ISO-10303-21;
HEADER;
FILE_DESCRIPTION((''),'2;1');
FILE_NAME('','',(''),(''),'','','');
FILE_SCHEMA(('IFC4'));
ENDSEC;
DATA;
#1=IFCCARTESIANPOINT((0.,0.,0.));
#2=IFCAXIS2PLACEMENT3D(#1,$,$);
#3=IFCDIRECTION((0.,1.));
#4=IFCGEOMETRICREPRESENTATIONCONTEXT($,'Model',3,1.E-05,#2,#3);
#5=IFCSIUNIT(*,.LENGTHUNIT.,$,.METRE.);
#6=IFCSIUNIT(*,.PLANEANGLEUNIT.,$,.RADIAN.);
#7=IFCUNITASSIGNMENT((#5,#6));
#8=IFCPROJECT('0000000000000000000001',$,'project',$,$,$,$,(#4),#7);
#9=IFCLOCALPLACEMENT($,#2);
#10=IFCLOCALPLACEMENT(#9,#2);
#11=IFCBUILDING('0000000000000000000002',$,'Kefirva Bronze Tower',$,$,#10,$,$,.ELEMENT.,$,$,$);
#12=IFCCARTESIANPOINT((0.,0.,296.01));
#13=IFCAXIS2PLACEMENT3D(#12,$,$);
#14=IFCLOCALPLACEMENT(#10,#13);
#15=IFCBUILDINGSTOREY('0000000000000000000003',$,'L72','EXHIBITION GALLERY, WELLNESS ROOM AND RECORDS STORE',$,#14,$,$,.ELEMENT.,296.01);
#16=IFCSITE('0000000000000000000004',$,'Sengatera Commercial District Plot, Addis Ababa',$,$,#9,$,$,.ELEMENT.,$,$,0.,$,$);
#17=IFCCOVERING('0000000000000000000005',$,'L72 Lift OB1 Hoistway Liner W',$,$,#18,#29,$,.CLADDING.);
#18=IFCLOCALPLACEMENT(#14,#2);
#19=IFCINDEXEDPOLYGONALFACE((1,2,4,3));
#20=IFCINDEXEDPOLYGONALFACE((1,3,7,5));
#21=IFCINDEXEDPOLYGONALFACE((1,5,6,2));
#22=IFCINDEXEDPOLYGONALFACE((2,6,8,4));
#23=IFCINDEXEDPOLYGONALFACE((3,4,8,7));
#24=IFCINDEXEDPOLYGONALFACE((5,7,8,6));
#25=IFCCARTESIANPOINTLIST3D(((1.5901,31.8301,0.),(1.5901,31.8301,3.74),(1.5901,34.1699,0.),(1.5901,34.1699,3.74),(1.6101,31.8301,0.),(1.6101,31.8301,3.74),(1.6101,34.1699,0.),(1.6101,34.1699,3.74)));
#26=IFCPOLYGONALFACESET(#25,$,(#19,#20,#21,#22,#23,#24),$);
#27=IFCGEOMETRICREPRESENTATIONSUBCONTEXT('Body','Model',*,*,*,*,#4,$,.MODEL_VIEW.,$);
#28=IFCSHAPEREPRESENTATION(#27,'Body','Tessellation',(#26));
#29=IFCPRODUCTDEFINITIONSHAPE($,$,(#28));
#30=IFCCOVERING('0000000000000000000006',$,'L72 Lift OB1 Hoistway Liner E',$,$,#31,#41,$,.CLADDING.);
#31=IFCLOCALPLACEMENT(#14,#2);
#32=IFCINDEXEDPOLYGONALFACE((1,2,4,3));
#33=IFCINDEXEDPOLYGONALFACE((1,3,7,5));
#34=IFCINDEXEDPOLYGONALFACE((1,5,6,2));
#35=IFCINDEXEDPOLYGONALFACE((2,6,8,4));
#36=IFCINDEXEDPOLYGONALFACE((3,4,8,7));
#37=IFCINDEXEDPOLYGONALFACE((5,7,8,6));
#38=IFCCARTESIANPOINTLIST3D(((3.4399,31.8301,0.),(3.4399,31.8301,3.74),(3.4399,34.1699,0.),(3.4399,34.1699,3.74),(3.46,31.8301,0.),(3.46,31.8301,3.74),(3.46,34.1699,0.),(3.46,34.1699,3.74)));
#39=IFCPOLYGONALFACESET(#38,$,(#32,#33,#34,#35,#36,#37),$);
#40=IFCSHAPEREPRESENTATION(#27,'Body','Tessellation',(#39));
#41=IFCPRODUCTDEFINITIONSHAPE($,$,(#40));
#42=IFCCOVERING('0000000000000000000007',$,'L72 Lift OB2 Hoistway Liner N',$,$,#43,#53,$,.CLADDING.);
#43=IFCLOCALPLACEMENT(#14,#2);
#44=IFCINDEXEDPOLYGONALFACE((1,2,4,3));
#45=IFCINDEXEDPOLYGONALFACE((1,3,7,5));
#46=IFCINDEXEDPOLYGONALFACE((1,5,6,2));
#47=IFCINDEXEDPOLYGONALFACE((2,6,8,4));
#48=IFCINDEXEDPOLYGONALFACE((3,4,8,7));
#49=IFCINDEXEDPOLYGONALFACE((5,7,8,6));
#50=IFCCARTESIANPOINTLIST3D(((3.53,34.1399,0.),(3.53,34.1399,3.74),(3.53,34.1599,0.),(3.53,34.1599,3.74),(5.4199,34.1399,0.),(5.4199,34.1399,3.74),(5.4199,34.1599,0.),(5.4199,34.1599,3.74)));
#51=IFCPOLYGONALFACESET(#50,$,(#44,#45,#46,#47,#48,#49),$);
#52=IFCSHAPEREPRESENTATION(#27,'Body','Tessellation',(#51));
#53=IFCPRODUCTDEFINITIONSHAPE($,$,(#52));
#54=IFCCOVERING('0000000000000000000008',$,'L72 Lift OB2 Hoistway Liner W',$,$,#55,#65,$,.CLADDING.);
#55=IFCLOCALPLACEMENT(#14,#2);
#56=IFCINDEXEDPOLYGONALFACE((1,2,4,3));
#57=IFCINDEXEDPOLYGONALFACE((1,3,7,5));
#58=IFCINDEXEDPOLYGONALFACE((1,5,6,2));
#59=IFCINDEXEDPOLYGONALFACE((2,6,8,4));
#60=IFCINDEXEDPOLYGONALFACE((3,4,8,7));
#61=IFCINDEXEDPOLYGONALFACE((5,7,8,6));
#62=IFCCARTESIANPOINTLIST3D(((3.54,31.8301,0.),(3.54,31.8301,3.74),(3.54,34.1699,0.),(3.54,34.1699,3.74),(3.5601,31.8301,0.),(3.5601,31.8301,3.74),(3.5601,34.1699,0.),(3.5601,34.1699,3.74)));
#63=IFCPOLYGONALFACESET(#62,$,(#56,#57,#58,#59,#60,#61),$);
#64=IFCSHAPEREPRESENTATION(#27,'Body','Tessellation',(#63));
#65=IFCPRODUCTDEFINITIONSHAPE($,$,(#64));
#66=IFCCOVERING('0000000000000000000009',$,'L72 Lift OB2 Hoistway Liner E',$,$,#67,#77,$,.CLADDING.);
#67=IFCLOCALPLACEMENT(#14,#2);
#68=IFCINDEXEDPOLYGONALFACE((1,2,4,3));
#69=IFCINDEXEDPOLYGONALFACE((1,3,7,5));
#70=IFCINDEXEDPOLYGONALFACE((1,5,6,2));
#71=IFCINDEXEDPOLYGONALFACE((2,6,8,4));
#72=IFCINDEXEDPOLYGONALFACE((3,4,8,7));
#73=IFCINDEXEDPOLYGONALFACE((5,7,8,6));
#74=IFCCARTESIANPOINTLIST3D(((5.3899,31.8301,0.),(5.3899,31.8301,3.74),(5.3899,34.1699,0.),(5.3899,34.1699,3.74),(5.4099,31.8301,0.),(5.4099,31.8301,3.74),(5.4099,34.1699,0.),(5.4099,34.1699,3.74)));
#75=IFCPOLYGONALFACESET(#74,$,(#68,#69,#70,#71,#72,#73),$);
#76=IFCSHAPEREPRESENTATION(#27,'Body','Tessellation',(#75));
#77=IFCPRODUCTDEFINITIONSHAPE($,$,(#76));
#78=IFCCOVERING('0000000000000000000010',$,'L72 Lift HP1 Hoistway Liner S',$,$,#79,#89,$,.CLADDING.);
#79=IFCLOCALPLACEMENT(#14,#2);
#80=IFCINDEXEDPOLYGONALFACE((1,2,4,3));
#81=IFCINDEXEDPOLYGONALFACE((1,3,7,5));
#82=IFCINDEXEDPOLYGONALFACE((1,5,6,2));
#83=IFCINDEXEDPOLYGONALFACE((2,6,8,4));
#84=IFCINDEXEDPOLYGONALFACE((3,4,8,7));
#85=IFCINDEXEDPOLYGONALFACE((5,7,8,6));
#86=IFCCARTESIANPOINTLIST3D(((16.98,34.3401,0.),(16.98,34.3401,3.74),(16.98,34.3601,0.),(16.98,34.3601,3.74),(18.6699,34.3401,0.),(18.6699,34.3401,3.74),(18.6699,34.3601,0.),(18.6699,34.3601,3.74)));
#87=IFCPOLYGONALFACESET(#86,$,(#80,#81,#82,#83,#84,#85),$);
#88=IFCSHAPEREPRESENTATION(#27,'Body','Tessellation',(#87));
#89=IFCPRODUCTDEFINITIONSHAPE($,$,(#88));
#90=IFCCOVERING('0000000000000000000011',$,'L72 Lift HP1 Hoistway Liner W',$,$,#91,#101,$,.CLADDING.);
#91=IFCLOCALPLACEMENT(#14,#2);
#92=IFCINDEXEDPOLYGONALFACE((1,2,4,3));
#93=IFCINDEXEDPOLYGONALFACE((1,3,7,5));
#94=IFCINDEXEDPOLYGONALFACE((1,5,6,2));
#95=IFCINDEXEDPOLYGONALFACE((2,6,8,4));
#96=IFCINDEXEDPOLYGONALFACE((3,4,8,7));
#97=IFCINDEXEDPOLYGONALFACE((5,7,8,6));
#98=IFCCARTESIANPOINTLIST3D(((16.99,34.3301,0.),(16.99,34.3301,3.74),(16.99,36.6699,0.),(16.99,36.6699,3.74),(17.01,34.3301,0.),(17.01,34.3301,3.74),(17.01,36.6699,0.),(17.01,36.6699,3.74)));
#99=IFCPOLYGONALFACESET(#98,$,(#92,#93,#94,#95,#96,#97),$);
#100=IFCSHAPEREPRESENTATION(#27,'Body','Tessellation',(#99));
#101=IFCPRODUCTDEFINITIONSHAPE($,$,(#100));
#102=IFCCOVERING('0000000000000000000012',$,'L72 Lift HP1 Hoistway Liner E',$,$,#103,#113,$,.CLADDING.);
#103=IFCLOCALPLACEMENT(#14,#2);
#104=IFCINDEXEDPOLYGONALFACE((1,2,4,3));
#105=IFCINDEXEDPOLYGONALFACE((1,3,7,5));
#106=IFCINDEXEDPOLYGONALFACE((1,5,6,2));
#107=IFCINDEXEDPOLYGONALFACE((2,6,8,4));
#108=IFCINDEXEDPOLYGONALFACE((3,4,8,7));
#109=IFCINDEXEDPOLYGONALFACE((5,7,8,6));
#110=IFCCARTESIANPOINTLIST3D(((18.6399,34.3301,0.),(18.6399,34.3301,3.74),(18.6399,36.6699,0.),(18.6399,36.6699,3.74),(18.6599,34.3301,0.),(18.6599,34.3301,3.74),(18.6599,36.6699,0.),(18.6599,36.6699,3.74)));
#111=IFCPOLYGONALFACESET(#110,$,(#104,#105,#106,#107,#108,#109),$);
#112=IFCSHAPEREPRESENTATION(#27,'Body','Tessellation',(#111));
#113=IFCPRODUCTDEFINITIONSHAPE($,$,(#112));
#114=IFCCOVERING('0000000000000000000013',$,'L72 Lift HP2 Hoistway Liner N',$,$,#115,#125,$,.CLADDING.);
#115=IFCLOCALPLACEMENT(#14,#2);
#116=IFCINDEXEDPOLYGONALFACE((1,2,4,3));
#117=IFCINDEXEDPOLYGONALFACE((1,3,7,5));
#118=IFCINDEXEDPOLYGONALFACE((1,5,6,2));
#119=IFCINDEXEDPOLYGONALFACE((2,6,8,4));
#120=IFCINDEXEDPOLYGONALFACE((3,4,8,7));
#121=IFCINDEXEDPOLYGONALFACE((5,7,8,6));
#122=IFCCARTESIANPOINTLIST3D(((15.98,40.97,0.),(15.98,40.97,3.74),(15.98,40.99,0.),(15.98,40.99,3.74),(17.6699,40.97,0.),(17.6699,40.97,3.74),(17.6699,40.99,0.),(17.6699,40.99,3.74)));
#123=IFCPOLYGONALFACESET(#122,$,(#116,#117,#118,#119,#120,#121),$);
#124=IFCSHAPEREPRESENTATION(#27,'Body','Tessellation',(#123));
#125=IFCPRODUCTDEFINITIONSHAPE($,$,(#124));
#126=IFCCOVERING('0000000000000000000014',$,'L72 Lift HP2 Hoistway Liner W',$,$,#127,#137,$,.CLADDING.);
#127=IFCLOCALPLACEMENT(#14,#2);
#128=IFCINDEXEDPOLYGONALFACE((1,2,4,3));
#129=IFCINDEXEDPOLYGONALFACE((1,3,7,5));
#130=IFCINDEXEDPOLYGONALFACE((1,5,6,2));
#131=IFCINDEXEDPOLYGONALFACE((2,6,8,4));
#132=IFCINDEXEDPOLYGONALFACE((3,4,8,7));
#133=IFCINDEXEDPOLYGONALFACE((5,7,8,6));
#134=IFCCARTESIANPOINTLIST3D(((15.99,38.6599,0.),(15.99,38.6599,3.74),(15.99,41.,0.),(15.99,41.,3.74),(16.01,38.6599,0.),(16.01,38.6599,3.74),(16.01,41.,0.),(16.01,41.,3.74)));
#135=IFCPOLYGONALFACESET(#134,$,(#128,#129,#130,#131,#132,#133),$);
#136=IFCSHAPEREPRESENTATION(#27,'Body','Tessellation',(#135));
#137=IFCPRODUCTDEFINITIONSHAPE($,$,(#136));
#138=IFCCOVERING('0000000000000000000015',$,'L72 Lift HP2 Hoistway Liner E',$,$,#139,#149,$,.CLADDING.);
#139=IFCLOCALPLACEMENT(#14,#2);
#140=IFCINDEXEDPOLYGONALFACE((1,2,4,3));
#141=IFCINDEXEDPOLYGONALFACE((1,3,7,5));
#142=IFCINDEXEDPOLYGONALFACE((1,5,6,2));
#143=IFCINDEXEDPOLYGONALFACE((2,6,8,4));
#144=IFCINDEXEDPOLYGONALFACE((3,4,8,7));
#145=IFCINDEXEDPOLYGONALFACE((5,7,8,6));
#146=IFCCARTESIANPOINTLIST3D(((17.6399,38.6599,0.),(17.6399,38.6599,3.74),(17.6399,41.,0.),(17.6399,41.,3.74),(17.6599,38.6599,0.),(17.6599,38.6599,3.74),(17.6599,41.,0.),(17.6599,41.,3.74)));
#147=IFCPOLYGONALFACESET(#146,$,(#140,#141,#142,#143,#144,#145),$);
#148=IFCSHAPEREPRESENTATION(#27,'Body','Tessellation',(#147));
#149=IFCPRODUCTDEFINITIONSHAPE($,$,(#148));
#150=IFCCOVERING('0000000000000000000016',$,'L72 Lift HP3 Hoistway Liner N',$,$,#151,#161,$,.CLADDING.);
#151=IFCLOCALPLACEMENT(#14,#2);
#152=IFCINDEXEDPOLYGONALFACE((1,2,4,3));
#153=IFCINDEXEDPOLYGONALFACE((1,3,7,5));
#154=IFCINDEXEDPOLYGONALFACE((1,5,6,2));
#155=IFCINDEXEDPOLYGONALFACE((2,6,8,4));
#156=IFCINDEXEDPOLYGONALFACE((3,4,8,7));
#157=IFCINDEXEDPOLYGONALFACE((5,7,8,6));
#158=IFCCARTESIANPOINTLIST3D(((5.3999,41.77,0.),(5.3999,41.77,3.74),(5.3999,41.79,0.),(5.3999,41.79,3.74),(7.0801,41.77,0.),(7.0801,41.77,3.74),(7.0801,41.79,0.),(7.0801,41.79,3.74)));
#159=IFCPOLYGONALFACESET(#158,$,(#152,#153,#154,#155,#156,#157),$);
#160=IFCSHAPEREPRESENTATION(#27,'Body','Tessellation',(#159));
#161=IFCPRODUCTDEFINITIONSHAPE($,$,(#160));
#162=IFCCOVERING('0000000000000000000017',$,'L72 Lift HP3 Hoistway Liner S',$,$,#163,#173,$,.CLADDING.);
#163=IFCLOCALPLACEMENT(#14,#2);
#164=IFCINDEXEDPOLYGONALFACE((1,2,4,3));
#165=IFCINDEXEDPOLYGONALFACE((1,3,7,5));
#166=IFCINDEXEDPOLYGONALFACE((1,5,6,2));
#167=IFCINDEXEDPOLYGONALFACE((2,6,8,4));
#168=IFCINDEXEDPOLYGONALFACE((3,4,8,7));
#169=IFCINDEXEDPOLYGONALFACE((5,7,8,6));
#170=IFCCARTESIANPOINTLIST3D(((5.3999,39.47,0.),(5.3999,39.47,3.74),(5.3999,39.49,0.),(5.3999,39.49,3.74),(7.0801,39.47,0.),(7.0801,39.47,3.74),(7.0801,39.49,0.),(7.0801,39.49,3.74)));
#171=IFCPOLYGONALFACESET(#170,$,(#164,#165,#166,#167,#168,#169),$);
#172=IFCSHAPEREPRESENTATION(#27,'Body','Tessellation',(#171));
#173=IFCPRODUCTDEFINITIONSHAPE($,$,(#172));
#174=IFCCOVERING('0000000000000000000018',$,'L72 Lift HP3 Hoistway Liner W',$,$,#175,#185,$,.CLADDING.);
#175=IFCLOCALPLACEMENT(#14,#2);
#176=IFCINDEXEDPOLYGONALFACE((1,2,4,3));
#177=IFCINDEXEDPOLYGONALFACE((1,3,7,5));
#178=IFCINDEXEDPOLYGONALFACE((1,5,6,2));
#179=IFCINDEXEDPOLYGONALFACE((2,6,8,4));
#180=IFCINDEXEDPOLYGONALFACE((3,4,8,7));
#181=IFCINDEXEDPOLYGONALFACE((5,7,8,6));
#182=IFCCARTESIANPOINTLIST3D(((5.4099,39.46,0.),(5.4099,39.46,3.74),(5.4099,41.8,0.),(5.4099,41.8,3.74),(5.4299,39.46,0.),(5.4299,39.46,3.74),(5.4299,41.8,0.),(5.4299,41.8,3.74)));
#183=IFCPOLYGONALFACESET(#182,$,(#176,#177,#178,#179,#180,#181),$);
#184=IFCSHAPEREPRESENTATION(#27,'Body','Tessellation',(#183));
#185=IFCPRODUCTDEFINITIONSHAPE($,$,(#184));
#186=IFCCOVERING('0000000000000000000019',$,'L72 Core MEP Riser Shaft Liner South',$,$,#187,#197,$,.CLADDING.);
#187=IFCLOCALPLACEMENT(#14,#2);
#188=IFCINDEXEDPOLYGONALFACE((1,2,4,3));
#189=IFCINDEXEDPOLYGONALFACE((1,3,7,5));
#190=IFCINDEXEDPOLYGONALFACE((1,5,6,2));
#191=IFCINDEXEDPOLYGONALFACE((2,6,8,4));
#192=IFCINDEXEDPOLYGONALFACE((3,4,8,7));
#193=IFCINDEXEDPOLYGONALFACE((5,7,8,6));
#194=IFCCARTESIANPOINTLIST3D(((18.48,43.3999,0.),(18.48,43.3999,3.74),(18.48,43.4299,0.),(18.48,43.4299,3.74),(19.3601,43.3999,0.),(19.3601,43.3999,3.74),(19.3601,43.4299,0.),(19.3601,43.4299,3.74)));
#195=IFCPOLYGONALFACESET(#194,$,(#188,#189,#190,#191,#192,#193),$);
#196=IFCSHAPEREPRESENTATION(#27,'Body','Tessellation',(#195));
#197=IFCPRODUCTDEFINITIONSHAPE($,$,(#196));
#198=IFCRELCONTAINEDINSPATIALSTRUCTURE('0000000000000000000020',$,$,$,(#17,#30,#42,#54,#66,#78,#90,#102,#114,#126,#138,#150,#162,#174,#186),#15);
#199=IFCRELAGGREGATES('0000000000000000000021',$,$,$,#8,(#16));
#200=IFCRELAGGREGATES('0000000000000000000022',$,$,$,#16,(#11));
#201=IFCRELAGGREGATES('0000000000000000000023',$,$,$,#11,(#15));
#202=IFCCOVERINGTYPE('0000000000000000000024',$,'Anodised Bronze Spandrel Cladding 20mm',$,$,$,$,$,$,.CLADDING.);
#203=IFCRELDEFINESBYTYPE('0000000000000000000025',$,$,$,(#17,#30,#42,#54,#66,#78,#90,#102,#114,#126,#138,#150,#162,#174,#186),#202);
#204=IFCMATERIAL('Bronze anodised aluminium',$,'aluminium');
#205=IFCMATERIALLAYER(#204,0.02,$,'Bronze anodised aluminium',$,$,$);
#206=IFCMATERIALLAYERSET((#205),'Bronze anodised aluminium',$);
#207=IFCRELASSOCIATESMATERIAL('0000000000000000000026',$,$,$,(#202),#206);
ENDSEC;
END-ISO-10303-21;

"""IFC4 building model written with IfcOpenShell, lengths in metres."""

from ifc_helpers import new_model, si_unit, direction, frame, origin, place, context, subcontext, project, spatial, polyline, outline, extrude, material, layer, layer_set, type_object, element, save


model = new_model("IFC4")

# Units and contexts
model_context = context("Model", 3, precision=1e-05, world=origin(), true_north=direction((0.0, 1.0)))
body_context = subcontext(model_context, "Body", "Model", "MODEL_VIEW")
ifc_project = project(units=[si_unit("LENGTHUNIT", "METRE"), si_unit("PLANEANGLEUNIT", "RADIAN")], contexts=[model_context])

# Site, building, storey
site_placement = place(None, origin())
site = spatial("IfcSite", under=ifc_project, at=site_placement, Name="Sengatera Commercial District Plot, Addis Ababa", CompositionType="ELEMENT", RefElevation=0.0)
building_placement = place(site_placement, origin())
building = spatial("IfcBuilding", under=site, at=building_placement, Name="Kefirva Bronze Tower", CompositionType="ELEMENT")
storey_placement = place(building_placement, frame((0.0, 0.0, 296.01)))
storey = spatial("IfcBuildingStorey", under=building, at=storey_placement, Name="L72", Description="EXHIBITION GALLERY, WELLNESS ROOM AND RECORDS STORE", CompositionType="ELEMENT", Elevation=296.01)

# Coverings
ifc_material_1 = material(Name="Bronze anodised aluminium", Category="aluminium")
ifc_layer_1 = layer(ifc_material_1, 0.02, Name="Bronze anodised aluminium")
ifc_layer_set_1 = layer_set([ifc_layer_1], Name="Bronze anodised aluminium")
covering_type_1 = type_object("IfcCoveringType", Name="Anodised Bronze Spandrel Cladding 20mm", PredefinedType="CLADDING", material=ifc_layer_set_1)
covering_1_placement = place(storey_placement, origin())
element("IfcCovering", 1, at=covering_1_placement, inside=storey, type_object=covering_type_1, Name="L72 Lift OB1 Hoistway Liner W", PredefinedType="CLADDING", context=body_context, shape_type="SweptSolid", body=[
    extrude(outline(polyline([(1.5901, 31.8301), (1.6101, 31.8301), (1.6101, 34.1699), (1.5901, 34.1699), (1.5901, 31.8301)])), origin(), (0.0, 0.0, 1.0), 3.74),
])
covering_2_placement = place(storey_placement, origin())
element("IfcCovering", 2, at=covering_2_placement, inside=storey, type_object=covering_type_1, Name="L72 Lift OB1 Hoistway Liner E", PredefinedType="CLADDING", context=body_context, shape_type="SweptSolid", body=[
    extrude(outline(polyline([(3.4399, 31.8301), (3.46, 31.8301), (3.46, 34.1699), (3.4399, 34.1699), (3.4399, 31.8301)])), origin(), (0.0, 0.0, 1.0), 3.74),
])
covering_3_placement = place(storey_placement, origin())
element("IfcCovering", 3, at=covering_3_placement, inside=storey, type_object=covering_type_1, Name="L72 Lift OB2 Hoistway Liner N", PredefinedType="CLADDING", context=body_context, shape_type="SweptSolid", body=[
    extrude(outline(polyline([(3.53, 34.1399), (5.4199, 34.1399), (5.4199, 34.1599), (3.53, 34.1599), (3.53, 34.1399)])), origin(), (0.0, 0.0, 1.0), 3.74),
])
covering_4_placement = place(storey_placement, origin())
element("IfcCovering", 4, at=covering_4_placement, inside=storey, type_object=covering_type_1, Name="L72 Lift OB2 Hoistway Liner W", PredefinedType="CLADDING", context=body_context, shape_type="SweptSolid", body=[
    extrude(outline(polyline([(3.54, 31.8301), (3.5601, 31.8301), (3.5601, 34.1699), (3.54, 34.1699), (3.54, 31.8301)])), origin(), (0.0, 0.0, 1.0), 3.74),
])
covering_5_placement = place(storey_placement, origin())
element("IfcCovering", 5, at=covering_5_placement, inside=storey, type_object=covering_type_1, Name="L72 Lift OB2 Hoistway Liner E", PredefinedType="CLADDING", context=body_context, shape_type="SweptSolid", body=[
    extrude(outline(polyline([(5.3899, 31.8301), (5.4099, 31.8301), (5.4099, 34.1699), (5.3899, 34.1699), (5.3899, 31.8301)])), origin(), (0.0, 0.0, 1.0), 3.74),
])
covering_6_placement = place(storey_placement, origin())
element("IfcCovering", 6, at=covering_6_placement, inside=storey, type_object=covering_type_1, Name="L72 Lift HP1 Hoistway Liner S", PredefinedType="CLADDING", context=body_context, shape_type="SweptSolid", body=[
    extrude(outline(polyline([(16.98, 34.3401), (18.6699, 34.3401), (18.6699, 34.3601), (16.98, 34.3601), (16.98, 34.3401)])), origin(), (0.0, 0.0, 1.0), 3.74),
])
covering_7_placement = place(storey_placement, origin())
element("IfcCovering", 7, at=covering_7_placement, inside=storey, type_object=covering_type_1, Name="L72 Lift HP1 Hoistway Liner W", PredefinedType="CLADDING", context=body_context, shape_type="SweptSolid", body=[
    extrude(outline(polyline([(16.99, 34.3301), (17.01, 34.3301), (17.01, 36.6699), (16.99, 36.6699), (16.99, 34.3301)])), origin(), (0.0, 0.0, 1.0), 3.74),
])
covering_8_placement = place(storey_placement, origin())
element("IfcCovering", 8, at=covering_8_placement, inside=storey, type_object=covering_type_1, Name="L72 Lift HP1 Hoistway Liner E", PredefinedType="CLADDING", context=body_context, shape_type="SweptSolid", body=[
    extrude(outline(polyline([(18.6399, 34.3301), (18.6599, 34.3301), (18.6599, 36.6699), (18.6399, 36.6699), (18.6399, 34.3301)])), origin(), (0.0, 0.0, 1.0), 3.74),
])
covering_9_placement = place(storey_placement, origin())
element("IfcCovering", 9, at=covering_9_placement, inside=storey, type_object=covering_type_1, Name="L72 Lift HP2 Hoistway Liner N", PredefinedType="CLADDING", context=body_context, shape_type="SweptSolid", body=[
    extrude(outline(polyline([(15.98, 40.97), (17.6699, 40.97), (17.6699, 40.99), (15.98, 40.99), (15.98, 40.97)])), origin(), (0.0, 0.0, 1.0), 3.74),
])
covering_10_placement = place(storey_placement, origin())
element("IfcCovering", 10, at=covering_10_placement, inside=storey, type_object=covering_type_1, Name="L72 Lift HP2 Hoistway Liner W", PredefinedType="CLADDING", context=body_context, shape_type="SweptSolid", body=[
    extrude(outline(polyline([(15.99, 38.6599), (16.01, 38.6599), (16.01, 41.0), (15.99, 41.0), (15.99, 38.6599)])), origin(), (0.0, 0.0, 1.0), 3.74),
])
covering_11_placement = place(storey_placement, origin())
element("IfcCovering", 11, at=covering_11_placement, inside=storey, type_object=covering_type_1, Name="L72 Lift HP2 Hoistway Liner E", PredefinedType="CLADDING", context=body_context, shape_type="SweptSolid", body=[
    extrude(outline(polyline([(17.6399, 38.6599), (17.6599, 38.6599), (17.6599, 41.0), (17.6399, 41.0), (17.6399, 38.6599)])), origin(), (0.0, 0.0, 1.0), 3.74),
])
covering_12_placement = place(storey_placement, origin())
element("IfcCovering", 12, at=covering_12_placement, inside=storey, type_object=covering_type_1, Name="L72 Lift HP3 Hoistway Liner N", PredefinedType="CLADDING", context=body_context, shape_type="SweptSolid", body=[
    extrude(outline(polyline([(5.3999, 41.77), (7.0801, 41.77), (7.0801, 41.79), (5.3999, 41.79), (5.3999, 41.77)])), origin(), (0.0, 0.0, 1.0), 3.74),
])
covering_13_placement = place(storey_placement, origin())
element("IfcCovering", 13, at=covering_13_placement, inside=storey, type_object=covering_type_1, Name="L72 Lift HP3 Hoistway Liner S", PredefinedType="CLADDING", context=body_context, shape_type="SweptSolid", body=[
    extrude(outline(polyline([(5.3999, 39.47), (7.0801, 39.47), (7.0801, 39.49), (5.3999, 39.49), (5.3999, 39.47)])), origin(), (0.0, 0.0, 1.0), 3.74),
])
covering_14_placement = place(storey_placement, origin())
element("IfcCovering", 14, at=covering_14_placement, inside=storey, type_object=covering_type_1, Name="L72 Lift HP3 Hoistway Liner W", PredefinedType="CLADDING", context=body_context, shape_type="SweptSolid", body=[
    extrude(outline(polyline([(5.4099, 39.46), (5.4299, 39.46), (5.4299, 41.8), (5.4099, 41.8), (5.4099, 39.46)])), origin(), (0.0, 0.0, 1.0), 3.74),
])
covering_15_placement = place(storey_placement, origin())
element("IfcCovering", 15, at=covering_15_placement, inside=storey, type_object=covering_type_1, Name="L72 Core MEP Riser Shaft Liner South", PredefinedType="CLADDING", context=body_context, shape_type="SweptSolid", body=[
    extrude(outline(polyline([(18.48, 43.3999), (19.3601, 43.3999), (19.3601, 43.4299), (18.48, 43.4299), (18.48, 43.3999)])), origin(), (0.0, 0.0, 1.0), 3.74),
])

save(model, "model.ifc")
